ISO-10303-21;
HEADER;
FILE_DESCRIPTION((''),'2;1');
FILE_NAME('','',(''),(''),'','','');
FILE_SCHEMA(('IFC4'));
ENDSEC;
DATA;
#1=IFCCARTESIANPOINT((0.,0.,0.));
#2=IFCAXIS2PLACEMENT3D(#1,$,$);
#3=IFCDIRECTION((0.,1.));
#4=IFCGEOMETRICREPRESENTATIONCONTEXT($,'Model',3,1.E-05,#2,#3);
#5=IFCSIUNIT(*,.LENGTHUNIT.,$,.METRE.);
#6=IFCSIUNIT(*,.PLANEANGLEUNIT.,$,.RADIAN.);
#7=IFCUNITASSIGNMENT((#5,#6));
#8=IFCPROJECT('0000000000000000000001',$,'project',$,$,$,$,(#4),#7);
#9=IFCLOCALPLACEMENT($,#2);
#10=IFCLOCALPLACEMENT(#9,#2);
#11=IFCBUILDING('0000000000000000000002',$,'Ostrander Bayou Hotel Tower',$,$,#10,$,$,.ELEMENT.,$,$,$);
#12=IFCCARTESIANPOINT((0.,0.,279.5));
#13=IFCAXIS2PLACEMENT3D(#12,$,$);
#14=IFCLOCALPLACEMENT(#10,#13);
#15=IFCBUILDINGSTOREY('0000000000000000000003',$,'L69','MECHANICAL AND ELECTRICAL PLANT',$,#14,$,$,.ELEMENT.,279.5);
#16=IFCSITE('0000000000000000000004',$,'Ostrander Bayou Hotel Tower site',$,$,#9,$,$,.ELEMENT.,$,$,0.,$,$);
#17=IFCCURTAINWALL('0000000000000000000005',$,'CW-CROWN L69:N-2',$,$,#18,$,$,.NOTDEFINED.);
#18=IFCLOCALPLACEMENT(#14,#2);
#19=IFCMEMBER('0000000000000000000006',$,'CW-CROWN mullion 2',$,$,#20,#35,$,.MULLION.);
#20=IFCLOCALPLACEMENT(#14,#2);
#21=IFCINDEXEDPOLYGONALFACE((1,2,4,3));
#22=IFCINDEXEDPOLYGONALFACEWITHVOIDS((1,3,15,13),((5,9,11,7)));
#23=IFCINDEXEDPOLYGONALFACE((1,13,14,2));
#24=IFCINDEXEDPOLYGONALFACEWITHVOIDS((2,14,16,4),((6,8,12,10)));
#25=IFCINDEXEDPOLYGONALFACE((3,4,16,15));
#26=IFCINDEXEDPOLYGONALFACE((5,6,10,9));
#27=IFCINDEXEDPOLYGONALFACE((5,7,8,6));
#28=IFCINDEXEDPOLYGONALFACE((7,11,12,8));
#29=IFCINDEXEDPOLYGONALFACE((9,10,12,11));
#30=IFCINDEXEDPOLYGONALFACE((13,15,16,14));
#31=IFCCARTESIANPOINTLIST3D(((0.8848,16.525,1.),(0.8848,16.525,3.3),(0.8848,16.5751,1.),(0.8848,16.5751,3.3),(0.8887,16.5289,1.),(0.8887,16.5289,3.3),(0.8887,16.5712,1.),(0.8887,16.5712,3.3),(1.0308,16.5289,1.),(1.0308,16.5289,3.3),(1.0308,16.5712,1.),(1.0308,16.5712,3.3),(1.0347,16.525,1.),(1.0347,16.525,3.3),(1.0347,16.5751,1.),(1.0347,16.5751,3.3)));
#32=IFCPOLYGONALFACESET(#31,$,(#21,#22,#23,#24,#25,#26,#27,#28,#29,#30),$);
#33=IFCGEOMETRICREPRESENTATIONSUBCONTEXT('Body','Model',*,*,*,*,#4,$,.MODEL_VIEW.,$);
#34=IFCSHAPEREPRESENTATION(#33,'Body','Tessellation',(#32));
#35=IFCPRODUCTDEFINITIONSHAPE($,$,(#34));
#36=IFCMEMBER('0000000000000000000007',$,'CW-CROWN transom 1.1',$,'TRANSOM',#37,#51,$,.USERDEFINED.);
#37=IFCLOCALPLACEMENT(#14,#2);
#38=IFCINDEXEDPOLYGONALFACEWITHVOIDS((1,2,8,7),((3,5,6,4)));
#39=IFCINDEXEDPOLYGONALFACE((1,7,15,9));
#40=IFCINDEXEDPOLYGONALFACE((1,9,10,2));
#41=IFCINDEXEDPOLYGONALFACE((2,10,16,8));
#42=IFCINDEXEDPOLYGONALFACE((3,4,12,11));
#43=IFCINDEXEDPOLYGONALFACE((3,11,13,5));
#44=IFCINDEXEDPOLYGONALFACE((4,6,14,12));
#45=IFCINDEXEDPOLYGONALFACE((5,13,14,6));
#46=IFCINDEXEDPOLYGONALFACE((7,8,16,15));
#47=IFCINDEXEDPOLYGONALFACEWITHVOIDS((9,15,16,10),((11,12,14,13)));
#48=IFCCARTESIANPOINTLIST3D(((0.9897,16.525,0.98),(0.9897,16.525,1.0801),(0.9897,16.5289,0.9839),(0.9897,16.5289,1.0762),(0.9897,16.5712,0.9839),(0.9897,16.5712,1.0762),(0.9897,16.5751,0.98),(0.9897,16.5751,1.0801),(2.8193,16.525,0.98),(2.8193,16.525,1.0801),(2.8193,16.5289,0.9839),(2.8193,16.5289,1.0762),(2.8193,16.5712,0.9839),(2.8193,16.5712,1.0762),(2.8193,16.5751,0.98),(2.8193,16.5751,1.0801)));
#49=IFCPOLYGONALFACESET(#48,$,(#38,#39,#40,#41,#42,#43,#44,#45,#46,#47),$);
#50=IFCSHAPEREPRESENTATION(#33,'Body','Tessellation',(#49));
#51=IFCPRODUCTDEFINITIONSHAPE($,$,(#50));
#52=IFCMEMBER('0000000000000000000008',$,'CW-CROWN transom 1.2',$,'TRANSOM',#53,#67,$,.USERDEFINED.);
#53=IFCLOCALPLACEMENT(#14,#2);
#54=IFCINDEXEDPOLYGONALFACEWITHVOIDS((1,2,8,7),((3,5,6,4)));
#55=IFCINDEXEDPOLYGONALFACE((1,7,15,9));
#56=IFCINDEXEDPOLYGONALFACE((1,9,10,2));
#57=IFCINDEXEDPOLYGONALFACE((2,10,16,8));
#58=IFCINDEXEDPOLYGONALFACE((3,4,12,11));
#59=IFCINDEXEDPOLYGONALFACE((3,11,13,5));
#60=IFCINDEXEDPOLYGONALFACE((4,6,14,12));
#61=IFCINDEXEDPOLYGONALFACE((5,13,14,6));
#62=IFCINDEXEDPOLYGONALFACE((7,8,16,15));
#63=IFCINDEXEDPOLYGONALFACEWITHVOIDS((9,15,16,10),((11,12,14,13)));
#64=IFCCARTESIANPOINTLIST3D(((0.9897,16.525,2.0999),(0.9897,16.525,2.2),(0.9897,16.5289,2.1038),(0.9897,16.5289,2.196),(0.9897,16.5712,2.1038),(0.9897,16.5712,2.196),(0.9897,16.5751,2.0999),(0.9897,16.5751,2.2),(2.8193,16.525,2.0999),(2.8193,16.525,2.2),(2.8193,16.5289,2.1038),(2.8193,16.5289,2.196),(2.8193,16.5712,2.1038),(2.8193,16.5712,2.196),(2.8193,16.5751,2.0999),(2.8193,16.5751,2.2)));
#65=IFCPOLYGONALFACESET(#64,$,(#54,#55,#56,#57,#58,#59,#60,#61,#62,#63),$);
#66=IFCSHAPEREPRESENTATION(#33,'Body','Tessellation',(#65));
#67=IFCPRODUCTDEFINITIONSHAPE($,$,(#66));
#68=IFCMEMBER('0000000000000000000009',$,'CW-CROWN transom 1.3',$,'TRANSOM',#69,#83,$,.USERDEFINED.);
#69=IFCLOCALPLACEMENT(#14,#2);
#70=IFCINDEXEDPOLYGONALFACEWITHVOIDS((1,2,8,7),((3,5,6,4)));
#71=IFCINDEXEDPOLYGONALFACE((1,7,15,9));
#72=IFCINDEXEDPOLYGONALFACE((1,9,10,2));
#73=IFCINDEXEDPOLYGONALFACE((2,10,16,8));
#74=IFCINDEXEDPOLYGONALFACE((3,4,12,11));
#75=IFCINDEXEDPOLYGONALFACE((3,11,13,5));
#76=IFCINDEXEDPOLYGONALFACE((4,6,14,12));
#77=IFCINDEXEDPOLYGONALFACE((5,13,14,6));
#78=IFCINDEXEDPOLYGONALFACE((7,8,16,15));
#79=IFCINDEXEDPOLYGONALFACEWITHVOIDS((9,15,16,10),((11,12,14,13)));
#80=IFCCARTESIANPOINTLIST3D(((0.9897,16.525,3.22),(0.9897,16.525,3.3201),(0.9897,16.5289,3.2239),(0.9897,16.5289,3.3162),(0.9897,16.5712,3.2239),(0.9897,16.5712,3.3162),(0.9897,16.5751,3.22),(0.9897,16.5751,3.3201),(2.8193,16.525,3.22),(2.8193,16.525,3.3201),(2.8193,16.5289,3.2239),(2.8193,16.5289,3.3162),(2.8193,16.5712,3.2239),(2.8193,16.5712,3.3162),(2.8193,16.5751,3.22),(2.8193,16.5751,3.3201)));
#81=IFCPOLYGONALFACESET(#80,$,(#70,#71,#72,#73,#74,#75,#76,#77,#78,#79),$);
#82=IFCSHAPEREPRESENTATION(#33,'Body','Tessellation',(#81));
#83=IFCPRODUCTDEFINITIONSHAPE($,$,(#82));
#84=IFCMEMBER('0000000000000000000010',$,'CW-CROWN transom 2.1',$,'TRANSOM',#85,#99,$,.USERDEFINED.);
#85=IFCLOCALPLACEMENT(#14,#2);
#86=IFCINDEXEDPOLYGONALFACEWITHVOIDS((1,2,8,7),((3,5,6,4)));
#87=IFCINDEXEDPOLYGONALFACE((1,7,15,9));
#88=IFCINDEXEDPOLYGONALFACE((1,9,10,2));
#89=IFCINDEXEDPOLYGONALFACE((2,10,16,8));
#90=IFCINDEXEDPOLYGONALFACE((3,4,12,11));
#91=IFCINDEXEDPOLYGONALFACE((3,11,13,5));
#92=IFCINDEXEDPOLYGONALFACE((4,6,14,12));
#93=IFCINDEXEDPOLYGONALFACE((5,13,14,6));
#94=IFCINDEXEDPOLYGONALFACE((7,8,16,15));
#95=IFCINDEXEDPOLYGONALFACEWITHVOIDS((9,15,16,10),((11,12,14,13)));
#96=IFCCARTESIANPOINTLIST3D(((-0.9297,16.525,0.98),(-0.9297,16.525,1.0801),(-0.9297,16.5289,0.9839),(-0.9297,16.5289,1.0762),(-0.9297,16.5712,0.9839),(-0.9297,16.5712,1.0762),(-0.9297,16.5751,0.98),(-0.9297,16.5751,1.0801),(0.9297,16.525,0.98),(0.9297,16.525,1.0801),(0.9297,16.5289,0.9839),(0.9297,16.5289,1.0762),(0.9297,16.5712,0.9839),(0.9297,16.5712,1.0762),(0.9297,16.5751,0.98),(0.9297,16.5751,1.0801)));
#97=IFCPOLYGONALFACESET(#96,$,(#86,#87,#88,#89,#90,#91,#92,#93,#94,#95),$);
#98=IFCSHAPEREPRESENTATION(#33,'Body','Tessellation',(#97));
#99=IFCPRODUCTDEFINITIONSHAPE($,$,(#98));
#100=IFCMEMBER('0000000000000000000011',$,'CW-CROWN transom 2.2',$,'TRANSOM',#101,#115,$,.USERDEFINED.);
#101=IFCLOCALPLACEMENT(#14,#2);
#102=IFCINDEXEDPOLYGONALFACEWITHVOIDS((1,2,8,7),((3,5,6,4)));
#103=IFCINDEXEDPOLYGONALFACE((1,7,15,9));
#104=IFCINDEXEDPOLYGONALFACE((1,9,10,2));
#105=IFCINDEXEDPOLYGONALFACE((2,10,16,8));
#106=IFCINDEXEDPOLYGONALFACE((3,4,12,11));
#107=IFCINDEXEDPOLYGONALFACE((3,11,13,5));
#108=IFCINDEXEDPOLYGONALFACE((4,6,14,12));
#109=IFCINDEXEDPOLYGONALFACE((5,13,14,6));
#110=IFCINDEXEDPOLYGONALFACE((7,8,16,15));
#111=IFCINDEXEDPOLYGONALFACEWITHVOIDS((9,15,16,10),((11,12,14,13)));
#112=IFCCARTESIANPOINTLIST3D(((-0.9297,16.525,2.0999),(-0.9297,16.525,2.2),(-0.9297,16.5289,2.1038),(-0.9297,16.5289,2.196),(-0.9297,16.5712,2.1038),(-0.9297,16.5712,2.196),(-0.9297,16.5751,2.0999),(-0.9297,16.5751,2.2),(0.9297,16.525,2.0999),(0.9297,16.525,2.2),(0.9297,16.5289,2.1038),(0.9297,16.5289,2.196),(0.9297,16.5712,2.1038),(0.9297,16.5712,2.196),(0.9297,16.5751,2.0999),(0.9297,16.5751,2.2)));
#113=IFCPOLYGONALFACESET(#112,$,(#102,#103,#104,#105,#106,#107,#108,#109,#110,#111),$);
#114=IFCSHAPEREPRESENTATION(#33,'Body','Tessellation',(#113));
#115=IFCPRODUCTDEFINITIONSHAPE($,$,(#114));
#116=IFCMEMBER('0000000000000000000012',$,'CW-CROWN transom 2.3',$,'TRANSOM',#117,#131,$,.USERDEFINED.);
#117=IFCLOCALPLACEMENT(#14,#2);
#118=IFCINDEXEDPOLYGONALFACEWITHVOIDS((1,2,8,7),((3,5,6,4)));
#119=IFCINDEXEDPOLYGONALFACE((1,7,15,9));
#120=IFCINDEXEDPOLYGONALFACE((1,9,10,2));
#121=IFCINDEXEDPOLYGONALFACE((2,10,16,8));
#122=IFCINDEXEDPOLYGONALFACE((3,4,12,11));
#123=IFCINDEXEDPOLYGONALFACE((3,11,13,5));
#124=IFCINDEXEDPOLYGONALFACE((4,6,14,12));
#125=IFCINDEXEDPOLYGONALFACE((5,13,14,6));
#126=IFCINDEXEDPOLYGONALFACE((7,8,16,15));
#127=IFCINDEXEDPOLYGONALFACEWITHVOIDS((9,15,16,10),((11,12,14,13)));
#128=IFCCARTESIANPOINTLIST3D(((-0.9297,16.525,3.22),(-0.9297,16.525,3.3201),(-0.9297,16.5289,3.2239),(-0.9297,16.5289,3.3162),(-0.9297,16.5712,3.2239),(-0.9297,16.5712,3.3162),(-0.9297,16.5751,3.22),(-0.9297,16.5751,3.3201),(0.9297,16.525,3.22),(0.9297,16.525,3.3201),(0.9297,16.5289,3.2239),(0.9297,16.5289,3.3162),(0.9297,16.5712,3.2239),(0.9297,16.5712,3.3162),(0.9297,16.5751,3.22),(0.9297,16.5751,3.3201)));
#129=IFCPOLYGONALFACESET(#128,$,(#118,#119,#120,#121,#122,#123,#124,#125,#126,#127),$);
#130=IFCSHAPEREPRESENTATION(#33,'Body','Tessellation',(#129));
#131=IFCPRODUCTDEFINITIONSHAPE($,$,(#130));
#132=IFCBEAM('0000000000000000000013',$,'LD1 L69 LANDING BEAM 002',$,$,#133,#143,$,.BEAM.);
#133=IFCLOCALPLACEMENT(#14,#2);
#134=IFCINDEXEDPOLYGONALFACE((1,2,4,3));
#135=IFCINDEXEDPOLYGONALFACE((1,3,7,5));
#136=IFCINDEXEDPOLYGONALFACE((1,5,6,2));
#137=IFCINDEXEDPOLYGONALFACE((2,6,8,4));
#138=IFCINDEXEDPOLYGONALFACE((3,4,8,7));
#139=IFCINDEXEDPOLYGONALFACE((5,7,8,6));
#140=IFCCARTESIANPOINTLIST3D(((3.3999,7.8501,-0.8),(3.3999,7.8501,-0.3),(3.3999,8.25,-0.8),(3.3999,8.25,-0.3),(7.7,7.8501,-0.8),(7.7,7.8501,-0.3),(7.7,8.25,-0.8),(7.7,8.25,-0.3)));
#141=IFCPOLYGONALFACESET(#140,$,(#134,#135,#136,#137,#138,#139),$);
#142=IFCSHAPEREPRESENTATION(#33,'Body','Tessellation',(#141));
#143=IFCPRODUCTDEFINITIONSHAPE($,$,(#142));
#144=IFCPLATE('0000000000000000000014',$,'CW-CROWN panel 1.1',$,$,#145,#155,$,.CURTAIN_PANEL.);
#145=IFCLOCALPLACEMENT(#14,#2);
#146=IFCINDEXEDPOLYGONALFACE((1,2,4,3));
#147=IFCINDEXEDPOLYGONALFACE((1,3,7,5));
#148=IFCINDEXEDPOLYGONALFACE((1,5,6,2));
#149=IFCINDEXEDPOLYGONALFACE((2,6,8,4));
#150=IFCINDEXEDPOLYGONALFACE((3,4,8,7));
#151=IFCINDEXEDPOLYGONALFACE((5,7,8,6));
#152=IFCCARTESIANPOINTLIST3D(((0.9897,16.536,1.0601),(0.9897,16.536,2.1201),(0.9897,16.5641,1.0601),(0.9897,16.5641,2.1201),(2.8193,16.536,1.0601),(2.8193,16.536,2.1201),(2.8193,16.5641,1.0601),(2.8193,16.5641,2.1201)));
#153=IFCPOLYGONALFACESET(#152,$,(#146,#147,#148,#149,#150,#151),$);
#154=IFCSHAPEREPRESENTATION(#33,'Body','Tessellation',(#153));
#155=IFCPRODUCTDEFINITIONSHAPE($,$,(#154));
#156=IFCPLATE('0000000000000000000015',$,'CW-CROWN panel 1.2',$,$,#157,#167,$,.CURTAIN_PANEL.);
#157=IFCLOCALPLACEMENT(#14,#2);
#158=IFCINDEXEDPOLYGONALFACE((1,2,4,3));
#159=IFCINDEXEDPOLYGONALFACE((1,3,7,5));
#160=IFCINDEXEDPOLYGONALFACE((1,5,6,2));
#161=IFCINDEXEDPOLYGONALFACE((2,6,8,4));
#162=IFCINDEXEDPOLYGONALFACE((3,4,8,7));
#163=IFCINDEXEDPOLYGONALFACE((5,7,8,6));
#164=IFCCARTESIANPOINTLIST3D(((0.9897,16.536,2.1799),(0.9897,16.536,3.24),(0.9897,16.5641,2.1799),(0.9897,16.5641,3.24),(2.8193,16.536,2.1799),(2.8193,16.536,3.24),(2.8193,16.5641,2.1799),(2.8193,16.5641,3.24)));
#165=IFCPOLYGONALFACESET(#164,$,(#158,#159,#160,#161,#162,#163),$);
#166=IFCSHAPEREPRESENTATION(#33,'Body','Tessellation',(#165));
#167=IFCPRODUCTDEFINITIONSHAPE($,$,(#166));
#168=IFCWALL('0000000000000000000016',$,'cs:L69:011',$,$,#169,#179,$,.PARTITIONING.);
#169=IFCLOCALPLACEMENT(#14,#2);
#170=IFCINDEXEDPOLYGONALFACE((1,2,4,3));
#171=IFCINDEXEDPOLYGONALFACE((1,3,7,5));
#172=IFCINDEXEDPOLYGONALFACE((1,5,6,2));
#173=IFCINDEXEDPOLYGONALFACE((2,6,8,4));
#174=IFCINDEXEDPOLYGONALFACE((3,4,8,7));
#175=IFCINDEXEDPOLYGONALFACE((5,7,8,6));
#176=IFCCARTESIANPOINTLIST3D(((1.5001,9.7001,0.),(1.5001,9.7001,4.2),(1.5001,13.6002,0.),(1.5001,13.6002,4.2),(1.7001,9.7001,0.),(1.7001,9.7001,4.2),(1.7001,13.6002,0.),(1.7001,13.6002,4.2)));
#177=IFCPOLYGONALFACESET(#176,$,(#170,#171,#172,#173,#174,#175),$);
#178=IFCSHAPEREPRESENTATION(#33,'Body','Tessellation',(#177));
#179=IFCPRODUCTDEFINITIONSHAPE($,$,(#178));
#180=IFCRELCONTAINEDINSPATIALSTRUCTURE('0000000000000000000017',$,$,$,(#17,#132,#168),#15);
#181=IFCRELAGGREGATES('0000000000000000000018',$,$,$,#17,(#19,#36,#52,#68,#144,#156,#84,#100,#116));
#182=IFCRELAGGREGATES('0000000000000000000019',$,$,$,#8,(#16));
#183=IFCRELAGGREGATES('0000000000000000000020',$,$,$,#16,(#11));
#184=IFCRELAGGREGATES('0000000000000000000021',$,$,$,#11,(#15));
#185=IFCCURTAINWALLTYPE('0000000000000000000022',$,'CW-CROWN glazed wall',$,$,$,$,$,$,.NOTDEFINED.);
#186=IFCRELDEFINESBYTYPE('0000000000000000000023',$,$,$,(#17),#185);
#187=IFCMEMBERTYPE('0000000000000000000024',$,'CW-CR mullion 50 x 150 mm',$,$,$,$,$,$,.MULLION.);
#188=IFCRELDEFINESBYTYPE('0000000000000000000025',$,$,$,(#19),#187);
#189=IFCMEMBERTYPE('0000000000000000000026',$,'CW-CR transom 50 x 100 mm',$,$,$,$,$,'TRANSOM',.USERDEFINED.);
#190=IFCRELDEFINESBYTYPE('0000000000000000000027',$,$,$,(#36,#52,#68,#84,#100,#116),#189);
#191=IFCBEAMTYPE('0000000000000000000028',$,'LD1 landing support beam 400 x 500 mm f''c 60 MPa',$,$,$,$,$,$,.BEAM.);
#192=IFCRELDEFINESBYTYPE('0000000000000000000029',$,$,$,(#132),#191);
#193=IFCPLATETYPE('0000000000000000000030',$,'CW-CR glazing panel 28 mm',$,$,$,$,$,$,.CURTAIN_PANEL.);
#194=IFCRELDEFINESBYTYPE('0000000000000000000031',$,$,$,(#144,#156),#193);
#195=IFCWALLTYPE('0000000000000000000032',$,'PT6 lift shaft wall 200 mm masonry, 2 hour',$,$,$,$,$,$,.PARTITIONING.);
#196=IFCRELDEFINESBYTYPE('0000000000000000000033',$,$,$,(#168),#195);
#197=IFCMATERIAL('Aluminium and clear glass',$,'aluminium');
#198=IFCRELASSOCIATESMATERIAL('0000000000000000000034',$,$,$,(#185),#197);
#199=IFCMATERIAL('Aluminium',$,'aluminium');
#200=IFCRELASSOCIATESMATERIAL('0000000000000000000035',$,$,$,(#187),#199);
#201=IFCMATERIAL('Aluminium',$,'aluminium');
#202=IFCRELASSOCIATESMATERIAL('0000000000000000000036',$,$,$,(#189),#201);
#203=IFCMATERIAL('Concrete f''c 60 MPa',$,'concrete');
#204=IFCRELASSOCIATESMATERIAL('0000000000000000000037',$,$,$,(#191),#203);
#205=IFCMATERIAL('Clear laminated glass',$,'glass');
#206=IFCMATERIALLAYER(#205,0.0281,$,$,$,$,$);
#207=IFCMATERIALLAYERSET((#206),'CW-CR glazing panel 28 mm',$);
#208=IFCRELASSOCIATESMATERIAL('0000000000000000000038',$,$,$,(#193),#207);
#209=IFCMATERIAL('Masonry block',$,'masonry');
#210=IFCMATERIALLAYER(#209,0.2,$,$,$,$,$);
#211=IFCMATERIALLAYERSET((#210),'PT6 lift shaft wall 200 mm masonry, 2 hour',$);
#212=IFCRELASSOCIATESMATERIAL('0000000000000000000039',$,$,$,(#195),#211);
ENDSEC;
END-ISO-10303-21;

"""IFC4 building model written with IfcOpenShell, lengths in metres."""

from ifc_helpers import new_model, si_unit, direction, frame, frame_2d, origin, origin_2d, place, context, subcontext, project, spatial, rectangle, hollow_rectangle, extrude, material, layer, layer_set, material_profile, profile_set, type_object, element, aggregate, save


model = new_model("IFC4")

# Units and contexts
model_context = context("Model", 3, precision=1e-05, world=origin(), true_north=direction((0.0, 1.0)))
body_context = subcontext(model_context, "Body", "Model", "MODEL_VIEW")
ifc_project = project(units=[si_unit("LENGTHUNIT", "METRE"), si_unit("PLANEANGLEUNIT", "RADIAN")], contexts=[model_context])

# Site, building, storey
site_placement = place(None, origin())
site = spatial("IfcSite", under=ifc_project, at=site_placement, Name="Ostrander Bayou Hotel Tower site", CompositionType="ELEMENT", RefElevation=0.0)
building_placement = place(site_placement, origin())
building = spatial("IfcBuilding", under=site, at=building_placement, Name="Ostrander Bayou Hotel Tower", CompositionType="ELEMENT")
storey_placement = place(building_placement, frame((0.0, 0.0, 279.5)))
storey = spatial("IfcBuildingStorey", under=building, at=storey_placement, Name="L69", Description="MECHANICAL AND ELECTRICAL PLANT", CompositionType="ELEMENT", Elevation=279.5)

# Curtain wall, members
ifc_material_1 = material(Name="Aluminium and clear glass", Category="aluminium")
curtain_wall_type = type_object("IfcCurtainWallType", Name="CW-CROWN glazed wall", PredefinedType="NOTDEFINED", material=ifc_material_1)
curtain_wall_placement = place(storey_placement, origin())
curtain_wall = element("IfcCurtainWall", 1, at=curtain_wall_placement, inside=storey, type_object=curtain_wall_type, Name="CW-CROWN L69:N-2", PredefinedType="NOTDEFINED")
ifc_material_2 = material(Name="Aluminium", Category="aluminium")
ifc_material_profile_1 = material_profile(ifc_material_2, hollow_rectangle(XDim=0.05, YDim=0.1499, WallThickness=0.0039, at=origin_2d()))
ifc_profile_set_1 = profile_set([ifc_material_profile_1], Name="Aluminium")
member_type_1 = type_object("IfcMemberType", Name="CW-CR mullion 50 x 150 mm", PredefinedType="MULLION", material=ifc_profile_set_1)
member_1_placement = place(storey_placement, frame((0.9597, 16.55, 1.0), z_axis=(0.0, 0.0, 1.0), x_axis=(0.0, -1.0, 0.0)))
member_1 = element("IfcMember", 2, at=member_1_placement, type_object=member_type_1, Name="CW-CROWN mullion 2", PredefinedType="MULLION", context=body_context, shape_type="SweptSolid", body=[
    extrude(hollow_rectangle(XDim=0.05, YDim=0.1499, WallThickness=0.0039, at=origin_2d()), origin(), (0.0, 0.0, 1.0), 2.3),
])
ifc_material_3 = material(Name="Aluminium", Category="aluminium")
ifc_material_profile_2 = material_profile(ifc_material_3, hollow_rectangle(XDim=0.05, YDim=0.1001, WallThickness=0.0039, at=origin_2d()))
ifc_profile_set_2 = profile_set([ifc_material_profile_2], Name="Aluminium")
member_type_2 = type_object("IfcMemberType", Name="CW-CR transom 50 x 100 mm", ElementType="TRANSOM", PredefinedType="USERDEFINED", material=ifc_profile_set_2)
member_2_placement = place(storey_placement, frame((2.8193, 16.55, 1.03), z_axis=(-1.0, 0.0, 0.0), x_axis=(0.0, -1.0, 0.0)))
member_2 = element("IfcMember", 3, at=member_2_placement, type_object=member_type_2, Name="CW-CROWN transom 1.1", ObjectType="TRANSOM", PredefinedType="USERDEFINED", context=body_context, shape_type="SweptSolid", body=[
    extrude(hollow_rectangle(XDim=0.05, YDim=0.1001, WallThickness=0.0039, at=origin_2d()), origin(), (0.0, 0.0, 1.0), 1.8296),
])
member_3_placement = place(storey_placement, frame((2.8193, 16.55, 2.1499), z_axis=(-1.0, 0.0, 0.0), x_axis=(0.0, -1.0, 0.0)))
member_3 = element("IfcMember", 4, at=member_3_placement, type_object=member_type_2, Name="CW-CROWN transom 1.2", ObjectType="TRANSOM", PredefinedType="USERDEFINED", context=body_context, shape_type="SweptSolid", body=[
    extrude(hollow_rectangle(XDim=0.05, YDim=0.1001, WallThickness=0.0039, at=origin_2d()), origin(), (0.0, 0.0, 1.0), 1.8296),
])
member_4_placement = place(storey_placement, frame((2.8193, 16.55, 3.27), z_axis=(-1.0, 0.0, 0.0), x_axis=(0.0, -1.0, 0.0)))
member_4 = element("IfcMember", 5, at=member_4_placement, type_object=member_type_2, Name="CW-CROWN transom 1.3", ObjectType="TRANSOM", PredefinedType="USERDEFINED", context=body_context, shape_type="SweptSolid", body=[
    extrude(hollow_rectangle(XDim=0.05, YDim=0.1001, WallThickness=0.0039, at=origin_2d()), origin(), (0.0, 0.0, 1.0), 1.8296),
])
member_5_placement = place(storey_placement, frame((0.9297, 16.55, 1.03), z_axis=(-1.0, 0.0, 0.0), x_axis=(0.0, -1.0, 0.0)))
member_5 = element("IfcMember", 6, at=member_5_placement, type_object=member_type_2, Name="CW-CROWN transom 2.1", ObjectType="TRANSOM", PredefinedType="USERDEFINED", context=body_context, shape_type="SweptSolid", body=[
    extrude(hollow_rectangle(XDim=0.05, YDim=0.1001, WallThickness=0.0039, at=origin_2d()), origin(), (0.0, 0.0, 1.0), 1.8594),
])
member_6_placement = place(storey_placement, frame((0.9297, 16.55, 2.1499), z_axis=(-1.0, 0.0, 0.0), x_axis=(0.0, -1.0, 0.0)))
member_6 = element("IfcMember", 7, at=member_6_placement, type_object=member_type_2, Name="CW-CROWN transom 2.2", ObjectType="TRANSOM", PredefinedType="USERDEFINED", context=body_context, shape_type="SweptSolid", body=[
    extrude(hollow_rectangle(XDim=0.05, YDim=0.1001, WallThickness=0.0039, at=origin_2d()), origin(), (0.0, 0.0, 1.0), 1.8594),
])
member_7_placement = place(storey_placement, frame((0.9297, 16.55, 3.27), z_axis=(-1.0, 0.0, 0.0), x_axis=(0.0, -1.0, 0.0)))
member_7 = element("IfcMember", 8, at=member_7_placement, type_object=member_type_2, Name="CW-CROWN transom 2.3", ObjectType="TRANSOM", PredefinedType="USERDEFINED", context=body_context, shape_type="SweptSolid", body=[
    extrude(hollow_rectangle(XDim=0.05, YDim=0.1001, WallThickness=0.0039, at=origin_2d()), origin(), (0.0, 0.0, 1.0), 1.8594),
])

# Beam
ifc_material_4 = material(Name="Concrete f'c 60 MPa", Category="concrete")
ifc_material_profile_3 = material_profile(ifc_material_4, rectangle(XDim=0.3999, YDim=0.5, at=origin_2d()))
ifc_profile_set_3 = profile_set([ifc_material_profile_3], Name="Concrete f'c 60 MPa")
beam_type = type_object("IfcBeamType", Name="LD1 landing support beam 400 x 500 mm f'c 60 MPa", PredefinedType="BEAM", material=ifc_profile_set_3)
beam_placement = place(storey_placement, frame((7.7, 8.05, -0.55), z_axis=(-1.0, 0.0, 0.0), x_axis=(0.0, -1.0, 0.0)))
element("IfcBeam", 9, at=beam_placement, inside=storey, type_object=beam_type, Name="LD1 L69 LANDING BEAM 002", PredefinedType="BEAM", context=body_context, shape_type="SweptSolid", body=[
    extrude(rectangle(XDim=0.3999, YDim=0.5, at=origin_2d()), origin(), (0.0, 0.0, 1.0), 4.3),
])

# Plates
ifc_material_5 = material(Name="Clear laminated glass", Category="glass")
ifc_layer_1 = layer(ifc_material_5, 0.0281)
ifc_layer_set_1 = layer_set([ifc_layer_1], Name="CW-CR glazing panel 28 mm")
plate_type = type_object("IfcPlateType", Name="CW-CR glazing panel 28 mm", PredefinedType="CURTAIN_PANEL", material=ifc_layer_set_1)
plate_1_placement = place(storey_placement, frame((1.9045, 16.55, 1.0601), z_axis=(0.0, 0.0, 1.0), x_axis=(-1.0, 0.0, 0.0)))
plate_1 = element("IfcPlate", 10, at=plate_1_placement, type_object=plate_type, Name="CW-CROWN panel 1.1", PredefinedType="CURTAIN_PANEL", context=body_context, shape_type="SweptSolid", body=[
    extrude(rectangle(XDim=1.8296, YDim=0.0281, at=origin_2d()), origin(), (0.0, 0.0, 1.0), 1.0601),
])
plate_2_placement = place(storey_placement, frame((1.9045, 16.55, 2.1799), z_axis=(0.0, 0.0, 1.0), x_axis=(-1.0, 0.0, 0.0)))
plate_2 = element("IfcPlate", 11, at=plate_2_placement, type_object=plate_type, Name="CW-CROWN panel 1.2", PredefinedType="CURTAIN_PANEL", context=body_context, shape_type="SweptSolid", body=[
    extrude(rectangle(XDim=1.8296, YDim=0.0281, at=origin_2d()), origin(), (0.0, 0.0, 1.0), 1.0601),
])
aggregate(curtain_wall, [member_1, member_2, member_3, member_4, plate_1, plate_2, member_5, member_6, member_7])

# Wall
ifc_material_6 = material(Name="Masonry block", Category="masonry")
ifc_layer_2 = layer(ifc_material_6, 0.2)
ifc_layer_set_2 = layer_set([ifc_layer_2], Name="PT6 lift shaft wall 200 mm masonry, 2 hour")
wall_type_1 = type_object("IfcWallType", Name="PT6 lift shaft wall 200 mm masonry, 2 hour", PredefinedType="PARTITIONING", material=ifc_layer_set_2)
wall_1_placement = place(storey_placement, frame((1.6001, 9.7, 0.0), z_axis=(0.0, 0.0, 1.0), x_axis=(0.0, 1.0, 0.0)))
element("IfcWall", 12, at=wall_1_placement, inside=storey, type_object=wall_type_1, Name="cs:L69:011", PredefinedType="PARTITIONING", context=body_context, shape_type="SweptSolid", body=[
    extrude(rectangle(XDim=3.9001, YDim=0.2, at=frame_2d((1.9502, 0.0))), origin(), (0.0, 0.0, 1.0), 4.2),
])

save(model, "model.ifc")
